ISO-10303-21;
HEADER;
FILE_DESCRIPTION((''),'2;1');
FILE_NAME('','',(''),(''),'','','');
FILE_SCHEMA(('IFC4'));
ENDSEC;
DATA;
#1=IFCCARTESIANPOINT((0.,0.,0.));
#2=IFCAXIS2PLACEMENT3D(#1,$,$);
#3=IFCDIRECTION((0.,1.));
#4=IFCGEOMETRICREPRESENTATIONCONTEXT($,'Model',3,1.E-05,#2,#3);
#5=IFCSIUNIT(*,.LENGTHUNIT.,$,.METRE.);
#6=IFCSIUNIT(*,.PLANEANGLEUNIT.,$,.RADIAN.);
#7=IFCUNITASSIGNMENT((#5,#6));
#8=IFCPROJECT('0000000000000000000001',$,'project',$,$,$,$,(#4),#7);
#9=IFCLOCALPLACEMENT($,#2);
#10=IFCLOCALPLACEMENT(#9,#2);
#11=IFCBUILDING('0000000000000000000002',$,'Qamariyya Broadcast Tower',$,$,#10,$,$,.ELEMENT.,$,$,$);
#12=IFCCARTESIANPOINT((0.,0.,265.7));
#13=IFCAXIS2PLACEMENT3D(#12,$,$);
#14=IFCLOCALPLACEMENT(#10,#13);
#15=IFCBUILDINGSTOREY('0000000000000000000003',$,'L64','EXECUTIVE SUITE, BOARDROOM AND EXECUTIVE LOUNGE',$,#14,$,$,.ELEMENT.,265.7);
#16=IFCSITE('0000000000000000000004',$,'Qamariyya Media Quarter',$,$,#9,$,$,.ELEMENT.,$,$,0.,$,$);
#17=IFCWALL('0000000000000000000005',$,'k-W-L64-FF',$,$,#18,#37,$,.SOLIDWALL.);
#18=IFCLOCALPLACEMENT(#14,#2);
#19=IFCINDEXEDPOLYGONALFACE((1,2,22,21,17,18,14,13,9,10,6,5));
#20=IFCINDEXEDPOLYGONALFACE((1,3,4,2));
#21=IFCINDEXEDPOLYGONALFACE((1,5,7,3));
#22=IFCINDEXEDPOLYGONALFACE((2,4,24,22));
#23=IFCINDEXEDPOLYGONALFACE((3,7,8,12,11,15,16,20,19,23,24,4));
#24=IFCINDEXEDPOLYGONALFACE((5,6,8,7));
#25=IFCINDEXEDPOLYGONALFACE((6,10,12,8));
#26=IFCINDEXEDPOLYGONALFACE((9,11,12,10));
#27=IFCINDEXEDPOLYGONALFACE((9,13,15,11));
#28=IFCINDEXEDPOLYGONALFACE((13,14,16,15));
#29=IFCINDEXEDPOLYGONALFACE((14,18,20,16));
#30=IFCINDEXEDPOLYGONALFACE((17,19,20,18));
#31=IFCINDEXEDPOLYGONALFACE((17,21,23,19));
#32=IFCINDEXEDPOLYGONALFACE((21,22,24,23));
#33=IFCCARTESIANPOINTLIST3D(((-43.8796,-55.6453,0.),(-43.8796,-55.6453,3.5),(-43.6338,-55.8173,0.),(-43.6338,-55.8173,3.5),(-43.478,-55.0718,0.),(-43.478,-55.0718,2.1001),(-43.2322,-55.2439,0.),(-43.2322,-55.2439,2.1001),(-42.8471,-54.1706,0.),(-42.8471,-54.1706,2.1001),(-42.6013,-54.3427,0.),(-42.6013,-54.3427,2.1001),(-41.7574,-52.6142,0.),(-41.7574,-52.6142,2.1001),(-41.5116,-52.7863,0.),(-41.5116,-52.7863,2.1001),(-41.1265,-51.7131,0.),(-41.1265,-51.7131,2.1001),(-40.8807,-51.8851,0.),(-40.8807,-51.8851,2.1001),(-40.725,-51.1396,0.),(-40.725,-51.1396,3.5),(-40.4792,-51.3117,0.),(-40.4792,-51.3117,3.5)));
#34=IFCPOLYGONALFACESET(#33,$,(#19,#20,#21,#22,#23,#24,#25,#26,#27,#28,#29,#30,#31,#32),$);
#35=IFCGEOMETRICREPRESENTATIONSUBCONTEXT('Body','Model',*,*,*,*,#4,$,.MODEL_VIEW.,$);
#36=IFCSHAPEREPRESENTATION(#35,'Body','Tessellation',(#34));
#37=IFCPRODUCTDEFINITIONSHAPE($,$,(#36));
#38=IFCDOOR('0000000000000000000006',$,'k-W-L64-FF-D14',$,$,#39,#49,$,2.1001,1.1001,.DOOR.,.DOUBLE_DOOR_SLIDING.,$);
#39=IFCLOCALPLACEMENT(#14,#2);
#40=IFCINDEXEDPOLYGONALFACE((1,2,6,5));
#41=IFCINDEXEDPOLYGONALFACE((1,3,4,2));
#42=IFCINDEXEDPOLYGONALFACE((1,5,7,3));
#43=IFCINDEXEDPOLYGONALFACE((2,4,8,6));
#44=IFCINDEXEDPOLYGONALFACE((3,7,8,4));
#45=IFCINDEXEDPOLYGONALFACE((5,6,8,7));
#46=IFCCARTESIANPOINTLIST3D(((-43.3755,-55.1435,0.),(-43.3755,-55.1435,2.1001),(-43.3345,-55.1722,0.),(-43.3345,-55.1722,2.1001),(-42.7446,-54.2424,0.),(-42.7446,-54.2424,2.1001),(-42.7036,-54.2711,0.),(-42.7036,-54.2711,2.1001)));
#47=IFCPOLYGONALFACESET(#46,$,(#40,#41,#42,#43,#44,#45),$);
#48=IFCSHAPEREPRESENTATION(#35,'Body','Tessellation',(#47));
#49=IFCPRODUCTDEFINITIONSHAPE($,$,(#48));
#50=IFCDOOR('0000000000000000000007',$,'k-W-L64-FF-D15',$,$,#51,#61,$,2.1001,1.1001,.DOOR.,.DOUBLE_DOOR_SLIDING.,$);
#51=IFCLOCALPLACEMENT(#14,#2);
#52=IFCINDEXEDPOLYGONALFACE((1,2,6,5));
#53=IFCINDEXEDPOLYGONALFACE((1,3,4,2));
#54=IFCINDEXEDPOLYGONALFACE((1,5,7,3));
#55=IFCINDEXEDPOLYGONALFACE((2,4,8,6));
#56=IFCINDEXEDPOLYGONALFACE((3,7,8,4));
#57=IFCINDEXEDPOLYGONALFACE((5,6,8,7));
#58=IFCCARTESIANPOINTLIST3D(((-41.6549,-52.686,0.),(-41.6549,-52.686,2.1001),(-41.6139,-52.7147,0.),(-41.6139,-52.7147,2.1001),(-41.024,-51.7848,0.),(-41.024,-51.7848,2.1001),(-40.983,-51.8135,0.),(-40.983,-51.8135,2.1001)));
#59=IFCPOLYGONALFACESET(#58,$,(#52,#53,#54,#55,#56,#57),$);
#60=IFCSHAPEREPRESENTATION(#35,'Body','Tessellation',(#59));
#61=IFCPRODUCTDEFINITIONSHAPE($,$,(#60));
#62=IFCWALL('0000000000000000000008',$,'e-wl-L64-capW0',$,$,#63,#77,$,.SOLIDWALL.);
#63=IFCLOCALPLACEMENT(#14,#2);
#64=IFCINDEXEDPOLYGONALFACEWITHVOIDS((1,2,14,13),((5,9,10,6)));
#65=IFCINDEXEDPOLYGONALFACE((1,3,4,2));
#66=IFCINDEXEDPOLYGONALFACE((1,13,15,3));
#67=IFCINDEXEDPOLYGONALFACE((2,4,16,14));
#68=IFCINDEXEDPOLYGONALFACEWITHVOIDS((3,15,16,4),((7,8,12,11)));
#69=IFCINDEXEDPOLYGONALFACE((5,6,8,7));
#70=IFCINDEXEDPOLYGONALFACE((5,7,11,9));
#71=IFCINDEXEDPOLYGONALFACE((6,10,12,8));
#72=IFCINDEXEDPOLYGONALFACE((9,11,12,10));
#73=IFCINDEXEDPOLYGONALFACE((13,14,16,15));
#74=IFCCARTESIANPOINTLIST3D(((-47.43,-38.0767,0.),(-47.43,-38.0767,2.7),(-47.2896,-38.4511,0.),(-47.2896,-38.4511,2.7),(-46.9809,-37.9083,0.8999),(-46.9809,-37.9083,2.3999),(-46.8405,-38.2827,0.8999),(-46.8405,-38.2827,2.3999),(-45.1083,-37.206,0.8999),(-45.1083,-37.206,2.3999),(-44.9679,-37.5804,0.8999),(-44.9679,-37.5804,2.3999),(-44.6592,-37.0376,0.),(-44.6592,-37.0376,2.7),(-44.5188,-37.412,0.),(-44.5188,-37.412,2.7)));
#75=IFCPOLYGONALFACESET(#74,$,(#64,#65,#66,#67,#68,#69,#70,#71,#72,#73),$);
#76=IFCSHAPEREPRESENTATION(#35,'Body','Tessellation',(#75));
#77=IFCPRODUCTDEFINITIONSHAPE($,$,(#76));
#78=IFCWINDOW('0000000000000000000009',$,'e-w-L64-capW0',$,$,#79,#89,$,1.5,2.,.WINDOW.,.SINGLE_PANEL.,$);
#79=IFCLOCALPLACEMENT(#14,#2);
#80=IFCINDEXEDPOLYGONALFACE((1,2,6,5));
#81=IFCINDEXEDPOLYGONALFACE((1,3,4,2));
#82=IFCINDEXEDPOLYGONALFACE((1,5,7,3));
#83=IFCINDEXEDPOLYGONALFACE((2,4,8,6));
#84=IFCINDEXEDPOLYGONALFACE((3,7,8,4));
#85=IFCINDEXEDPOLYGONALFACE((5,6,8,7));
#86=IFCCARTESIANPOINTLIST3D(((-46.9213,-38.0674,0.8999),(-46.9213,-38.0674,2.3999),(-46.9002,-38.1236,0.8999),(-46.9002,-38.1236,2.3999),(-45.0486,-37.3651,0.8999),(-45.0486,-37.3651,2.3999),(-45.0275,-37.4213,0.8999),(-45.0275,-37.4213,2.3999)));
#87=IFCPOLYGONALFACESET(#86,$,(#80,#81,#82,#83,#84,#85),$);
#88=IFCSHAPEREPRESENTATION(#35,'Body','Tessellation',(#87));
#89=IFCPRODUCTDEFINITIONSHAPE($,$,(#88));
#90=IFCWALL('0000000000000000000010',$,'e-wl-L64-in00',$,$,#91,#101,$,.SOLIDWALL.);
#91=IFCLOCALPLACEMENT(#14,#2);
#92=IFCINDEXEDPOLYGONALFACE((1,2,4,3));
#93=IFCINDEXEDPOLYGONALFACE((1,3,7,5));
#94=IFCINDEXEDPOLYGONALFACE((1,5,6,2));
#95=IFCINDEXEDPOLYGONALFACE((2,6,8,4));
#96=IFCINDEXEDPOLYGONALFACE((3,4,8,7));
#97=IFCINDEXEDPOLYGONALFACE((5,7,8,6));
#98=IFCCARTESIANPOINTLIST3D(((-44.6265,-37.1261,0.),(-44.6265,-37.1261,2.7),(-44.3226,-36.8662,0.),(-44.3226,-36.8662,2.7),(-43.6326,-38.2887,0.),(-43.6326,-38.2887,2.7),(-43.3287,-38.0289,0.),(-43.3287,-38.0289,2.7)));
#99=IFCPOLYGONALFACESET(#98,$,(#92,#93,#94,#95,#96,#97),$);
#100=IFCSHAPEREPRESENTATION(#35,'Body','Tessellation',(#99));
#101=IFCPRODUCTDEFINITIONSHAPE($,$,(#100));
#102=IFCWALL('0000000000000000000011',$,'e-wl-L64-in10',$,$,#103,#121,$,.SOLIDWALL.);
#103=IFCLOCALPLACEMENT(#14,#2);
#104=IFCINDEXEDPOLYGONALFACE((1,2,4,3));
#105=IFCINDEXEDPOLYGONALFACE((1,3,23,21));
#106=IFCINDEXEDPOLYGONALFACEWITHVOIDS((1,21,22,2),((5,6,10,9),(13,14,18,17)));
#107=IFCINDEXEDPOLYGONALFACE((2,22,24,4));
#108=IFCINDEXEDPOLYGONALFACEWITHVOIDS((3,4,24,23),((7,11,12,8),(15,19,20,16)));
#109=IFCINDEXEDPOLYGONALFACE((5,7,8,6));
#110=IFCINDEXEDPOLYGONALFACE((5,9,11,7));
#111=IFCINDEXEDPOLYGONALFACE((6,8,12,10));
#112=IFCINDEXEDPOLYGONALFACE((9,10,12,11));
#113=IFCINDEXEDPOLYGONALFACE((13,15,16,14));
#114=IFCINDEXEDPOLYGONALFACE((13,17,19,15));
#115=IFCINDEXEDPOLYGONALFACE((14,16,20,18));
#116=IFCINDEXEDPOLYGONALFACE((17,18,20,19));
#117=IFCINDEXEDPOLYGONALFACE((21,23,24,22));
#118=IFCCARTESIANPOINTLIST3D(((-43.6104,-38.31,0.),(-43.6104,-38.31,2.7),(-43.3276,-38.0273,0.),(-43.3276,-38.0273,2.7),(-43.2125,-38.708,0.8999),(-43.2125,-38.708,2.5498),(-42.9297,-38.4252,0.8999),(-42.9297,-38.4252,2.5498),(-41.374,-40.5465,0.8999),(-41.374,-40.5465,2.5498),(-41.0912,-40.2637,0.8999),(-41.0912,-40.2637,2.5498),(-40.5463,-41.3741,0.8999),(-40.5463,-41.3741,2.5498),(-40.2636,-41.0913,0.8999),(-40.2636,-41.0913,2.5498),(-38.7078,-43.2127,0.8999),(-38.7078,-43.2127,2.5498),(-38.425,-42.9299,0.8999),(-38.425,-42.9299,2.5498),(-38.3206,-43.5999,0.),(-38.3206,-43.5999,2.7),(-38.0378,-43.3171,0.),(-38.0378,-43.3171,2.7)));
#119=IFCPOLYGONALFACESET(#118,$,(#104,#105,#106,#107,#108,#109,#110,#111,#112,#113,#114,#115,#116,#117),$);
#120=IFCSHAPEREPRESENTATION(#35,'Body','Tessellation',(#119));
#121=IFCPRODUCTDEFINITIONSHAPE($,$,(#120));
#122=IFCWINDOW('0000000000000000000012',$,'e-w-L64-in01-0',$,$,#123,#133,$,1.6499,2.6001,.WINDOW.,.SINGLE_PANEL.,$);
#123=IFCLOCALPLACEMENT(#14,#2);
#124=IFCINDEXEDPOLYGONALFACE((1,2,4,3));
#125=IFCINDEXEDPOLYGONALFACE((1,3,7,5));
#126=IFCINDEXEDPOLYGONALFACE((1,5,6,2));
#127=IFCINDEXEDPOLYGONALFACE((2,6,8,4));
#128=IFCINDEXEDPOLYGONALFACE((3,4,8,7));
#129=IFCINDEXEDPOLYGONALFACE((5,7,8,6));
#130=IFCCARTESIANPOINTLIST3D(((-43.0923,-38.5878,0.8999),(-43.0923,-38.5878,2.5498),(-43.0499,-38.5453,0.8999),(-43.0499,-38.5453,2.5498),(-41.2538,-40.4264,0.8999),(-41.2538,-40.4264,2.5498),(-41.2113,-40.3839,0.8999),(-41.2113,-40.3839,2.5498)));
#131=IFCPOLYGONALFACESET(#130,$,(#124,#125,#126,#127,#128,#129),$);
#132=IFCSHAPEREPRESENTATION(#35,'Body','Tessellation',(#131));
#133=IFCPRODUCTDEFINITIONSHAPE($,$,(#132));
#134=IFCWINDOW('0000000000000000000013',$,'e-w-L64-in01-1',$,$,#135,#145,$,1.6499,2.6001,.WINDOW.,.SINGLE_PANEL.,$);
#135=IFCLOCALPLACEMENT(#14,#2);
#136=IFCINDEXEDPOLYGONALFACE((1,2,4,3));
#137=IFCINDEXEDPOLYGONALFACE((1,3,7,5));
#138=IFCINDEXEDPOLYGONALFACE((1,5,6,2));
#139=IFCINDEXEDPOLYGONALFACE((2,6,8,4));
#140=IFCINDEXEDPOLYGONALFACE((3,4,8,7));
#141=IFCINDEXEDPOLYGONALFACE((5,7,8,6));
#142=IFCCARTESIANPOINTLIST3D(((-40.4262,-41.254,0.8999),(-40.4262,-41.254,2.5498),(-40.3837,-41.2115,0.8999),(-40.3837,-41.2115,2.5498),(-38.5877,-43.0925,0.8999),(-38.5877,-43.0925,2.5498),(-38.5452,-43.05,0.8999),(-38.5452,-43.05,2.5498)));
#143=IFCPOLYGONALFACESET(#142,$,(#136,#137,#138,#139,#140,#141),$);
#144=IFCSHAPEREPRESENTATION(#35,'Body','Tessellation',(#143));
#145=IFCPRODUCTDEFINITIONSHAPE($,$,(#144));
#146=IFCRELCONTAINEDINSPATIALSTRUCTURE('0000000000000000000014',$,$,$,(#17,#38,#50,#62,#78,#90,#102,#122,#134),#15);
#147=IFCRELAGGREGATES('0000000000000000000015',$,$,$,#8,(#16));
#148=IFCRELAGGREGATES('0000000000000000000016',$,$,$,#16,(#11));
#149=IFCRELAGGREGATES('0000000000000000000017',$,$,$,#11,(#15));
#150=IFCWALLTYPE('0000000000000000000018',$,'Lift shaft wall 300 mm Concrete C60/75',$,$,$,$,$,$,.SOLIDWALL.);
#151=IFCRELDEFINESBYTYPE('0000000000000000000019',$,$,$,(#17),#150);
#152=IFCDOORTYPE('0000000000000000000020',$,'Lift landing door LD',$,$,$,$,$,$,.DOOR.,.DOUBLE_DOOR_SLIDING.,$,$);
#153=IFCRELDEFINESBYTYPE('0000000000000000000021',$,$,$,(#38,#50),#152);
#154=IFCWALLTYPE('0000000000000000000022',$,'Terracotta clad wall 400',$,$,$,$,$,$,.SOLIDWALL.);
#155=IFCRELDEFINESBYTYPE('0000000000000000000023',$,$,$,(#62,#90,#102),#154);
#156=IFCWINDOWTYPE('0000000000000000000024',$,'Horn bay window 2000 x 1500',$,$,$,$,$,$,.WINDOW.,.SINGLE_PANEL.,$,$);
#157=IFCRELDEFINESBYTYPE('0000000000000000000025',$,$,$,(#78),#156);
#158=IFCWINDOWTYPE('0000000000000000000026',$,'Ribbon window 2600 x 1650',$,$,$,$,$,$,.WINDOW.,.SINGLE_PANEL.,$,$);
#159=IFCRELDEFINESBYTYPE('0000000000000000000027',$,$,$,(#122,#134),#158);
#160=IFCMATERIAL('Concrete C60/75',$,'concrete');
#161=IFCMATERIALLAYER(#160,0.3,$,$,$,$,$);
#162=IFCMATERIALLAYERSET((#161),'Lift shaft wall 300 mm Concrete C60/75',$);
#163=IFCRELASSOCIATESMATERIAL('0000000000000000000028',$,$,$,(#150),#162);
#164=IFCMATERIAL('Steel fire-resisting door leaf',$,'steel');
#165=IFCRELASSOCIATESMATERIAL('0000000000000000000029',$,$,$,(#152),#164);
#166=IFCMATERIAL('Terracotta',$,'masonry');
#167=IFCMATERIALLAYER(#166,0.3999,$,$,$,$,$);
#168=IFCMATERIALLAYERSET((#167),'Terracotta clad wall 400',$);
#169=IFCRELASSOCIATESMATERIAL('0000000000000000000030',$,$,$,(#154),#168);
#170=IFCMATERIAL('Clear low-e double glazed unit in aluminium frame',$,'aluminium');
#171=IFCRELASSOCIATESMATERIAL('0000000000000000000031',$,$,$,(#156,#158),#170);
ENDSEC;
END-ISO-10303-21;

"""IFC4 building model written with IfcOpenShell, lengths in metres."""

from ifc_helpers import new_model, si_unit, direction, frame, frame_2d, origin, place, context, subcontext, project, spatial, rectangle, extrude, material, layer, layer_set, type_object, element, fill, save


model = new_model("IFC4")

# Units and contexts
model_context = context("Model", 3, precision=1e-05, world=origin(), true_north=direction((0.0, 1.0)))
body_context = subcontext(model_context, "Body", "Model", "MODEL_VIEW")
ifc_project = project(units=[si_unit("LENGTHUNIT", "METRE"), si_unit("PLANEANGLEUNIT", "RADIAN")], contexts=[model_context])

# Site, building, storey
site_placement = place(None, origin())
site = spatial("IfcSite", under=ifc_project, at=site_placement, Name="Qamariyya Media Quarter", CompositionType="ELEMENT", RefElevation=0.0)
building_placement = place(site_placement, origin())
building = spatial("IfcBuilding", under=site, at=building_placement, Name="Qamariyya Broadcast Tower", CompositionType="ELEMENT")
storey_placement = place(building_placement, frame((0.0, 0.0, 265.7)))
storey = spatial("IfcBuildingStorey", under=building, at=storey_placement, Name="L64", Description="EXECUTIVE SUITE, BOARDROOM AND EXECUTIVE LOUNGE", CompositionType="ELEMENT", Elevation=265.7)

# Shared definitions
ifc_material_1 = material(Name="Concrete C60/75", Category="concrete")

# Shared definitions
ifc_layer_1 = layer(ifc_material_1, 0.3)
ifc_layer_set_1 = layer_set([ifc_layer_1], Name="Lift shaft wall 300 mm Concrete C60/75")
wall_type_1 = type_object("IfcWallType", Name="Lift shaft wall 300 mm Concrete C60/75", PredefinedType="SOLIDWALL", material=ifc_layer_set_1)
ifc_material_2 = material(Name="Steel fire-resisting door leaf", Category="steel")

# Wall, openings, doors
wall_1_placement = place(storey_placement, frame((-43.7566, -55.7312, 0.0), z_axis=(0.0, 0.0, 1.0), x_axis=(0.573537, 0.81918, 0.0)))
wall_1 = element("IfcWall", 1, at=wall_1_placement, inside=storey, type_object=wall_type_1, Name="k-W-L64-FF", PredefinedType="SOLIDWALL", context=body_context, shape_type="SweptSolid", body=[
    extrude(rectangle(XDim=5.5002, YDim=0.3, at=frame_2d((2.75, 0.0))), origin(), (0.0, 0.0, 1.0), 3.5),
])
opening_1_placement = place(wall_1_placement, frame((0.7, 0.0, 0.0)))
opening_1 = element("IfcOpeningElement", 2, at=opening_1_placement, cuts=wall_1, PredefinedType="OPENING", context=body_context, shape_type="SweptSolid", body=[
    extrude(rectangle(XDim=1.1001, YDim=2.1001, at=frame_2d((0.55, 1.05))), frame((0.0, 0.1599, 0.0), z_axis=(0.0, -1.0, 0.0), x_axis=(1.0, 0.0, 0.0)), (0.0, 0.0, 1.0), 0.3201),
])
opening_2_placement = place(wall_1_placement, frame((3.7, 0.0, 0.0)))
opening_2 = element("IfcOpeningElement", 3, at=opening_2_placement, cuts=wall_1, PredefinedType="OPENING", context=body_context, shape_type="SweptSolid", body=[
    extrude(rectangle(XDim=1.1001, YDim=2.1001, at=frame_2d((0.55, 1.05))), frame((0.0, 0.1599, 0.0), z_axis=(0.0, -1.0, 0.0), x_axis=(1.0, 0.0, 0.0)), (0.0, 0.0, 1.0), 0.3201),
])
door_type_1 = type_object("IfcDoorType", Name="Lift landing door LD", OperationType="DOUBLE_DOOR_SLIDING", PredefinedType="DOOR", material=ifc_material_2)
door_1_placement = place(opening_1_placement, origin())
door_1 = element("IfcDoor", 4, at=door_1_placement, inside=storey, type_object=door_type_1, Name="k-W-L64-FF-D14", OperationType="DOUBLE_DOOR_SLIDING", OverallHeight=2.1001, OverallWidth=1.1001, PredefinedType="DOOR", context=body_context, shape_type="SweptSolid", body=[
    extrude(rectangle(XDim=1.1001, YDim=2.1001, at=frame_2d((0.55, 1.05))), frame((0.0, 0.0249, 0.0), z_axis=(0.0, -1.0, 0.0), x_axis=(1.0, 0.0, 0.0)), (0.0, 0.0, 1.0), 0.05),
])
fill(opening_1, door_1)
door_2_placement = place(opening_2_placement, origin())
door_2 = element("IfcDoor", 5, at=door_2_placement, inside=storey, type_object=door_type_1, Name="k-W-L64-FF-D15", OperationType="DOUBLE_DOOR_SLIDING", OverallHeight=2.1001, OverallWidth=1.1001, PredefinedType="DOOR", context=body_context, shape_type="SweptSolid", body=[
    extrude(rectangle(XDim=1.1001, YDim=2.1001, at=frame_2d((0.55, 1.05))), frame((0.0, 0.0249, 0.0), z_axis=(0.0, -1.0, 0.0), x_axis=(1.0, 0.0, 0.0)), (0.0, 0.0, 1.0), 0.05),
])
fill(opening_2, door_2)

# Wall, opening, window
ifc_material_3 = material(Name="Terracotta", Category="masonry")
ifc_layer_2 = layer(ifc_material_3, 0.3999)
ifc_layer_set_2 = layer_set([ifc_layer_2], Name="Terracotta clad wall 400")
wall_type_2 = type_object("IfcWallType", Name="Terracotta clad wall 400", PredefinedType="SOLIDWALL", material=ifc_layer_set_2)
wall_2_placement = place(storey_placement, frame((-44.5891, -37.2249, 0.0), z_axis=(0.0, 0.0, 1.0), x_axis=(-0.936326, -0.351132, 0.0)))
wall_2 = element("IfcWall", 6, at=wall_2_placement, inside=storey, type_object=wall_type_2, Name="e-wl-L64-capW0", PredefinedType="SOLIDWALL", context=body_context, shape_type="SweptSolid", body=[
    extrude(rectangle(XDim=2.9592, YDim=0.3999, at=frame_2d((1.4795, 0.0))), origin(), (0.0, 0.0, 1.0), 2.7),
])
opening_3_placement = place(wall_2_placement, frame((0.4795, 0.0, 0.8999)))
opening_3 = element("IfcOpeningElement", 7, at=opening_3_placement, cuts=wall_2, PredefinedType="OPENING", context=body_context, shape_type="SweptSolid", body=[
    extrude(rectangle(XDim=2.0, YDim=1.5, at=frame_2d((1.0, 0.75))), frame((0.0, 0.21, 0.0), z_axis=(0.0, -1.0, 0.0), x_axis=(1.0, 0.0, 0.0)), (0.0, 0.0, 1.0), 0.4199),
])
ifc_material_4 = material(Name="Clear low-e double glazed unit in aluminium frame", Category="aluminium")
window_type_1 = type_object("IfcWindowType", Name="Horn bay window 2000 x 1500", PartitioningType="SINGLE_PANEL", PredefinedType="WINDOW", material=ifc_material_4)
window_1_placement = place(opening_3_placement, origin())
window_1 = element("IfcWindow", 8, at=window_1_placement, inside=storey, type_object=window_type_1, Name="e-w-L64-capW0", OverallHeight=1.5, OverallWidth=2.0, PartitioningType="SINGLE_PANEL", PredefinedType="WINDOW", context=body_context, shape_type="SweptSolid", body=[
    extrude(rectangle(XDim=2.0, YDim=1.5, at=frame_2d((1.0, 0.75))), frame((0.0, 0.03, 0.0), z_axis=(0.0, -1.0, 0.0), x_axis=(1.0, 0.0, 0.0)), (0.0, 0.0, 1.0), 0.0601),
])
fill(opening_3, window_1)

# Wall
wall_3_placement = place(storey_placement, frame((-43.4807, -38.1587, 0.0), z_axis=(0.0, 0.0, 1.0), x_axis=(-0.649805, 0.760101, 0.0)))
element("IfcWall", 9, at=wall_3_placement, inside=storey, type_object=wall_type_2, Name="e-wl-L64-in00", PredefinedType="SOLIDWALL", context=body_context, shape_type="SweptSolid", body=[
    extrude(rectangle(XDim=1.5295, YDim=0.3999, at=frame_2d((0.7646, 0.0))), origin(), (0.0, 0.0, 1.0), 2.7),
])

# Wall, openings, windows
wall_4_placement = place(storey_placement, frame((-38.1792, -43.4585, 0.0), z_axis=(0.0, 0.0, 1.0), x_axis=(-0.707107, 0.707107, 0.0)))
wall_4 = element("IfcWall", 10, at=wall_4_placement, inside=storey, type_object=wall_type_2, Name="e-wl-L64-in10", PredefinedType="SOLIDWALL", context=body_context, shape_type="SweptSolid", body=[
    extrude(rectangle(XDim=7.481, YDim=0.3999, at=frame_2d((3.7405, 0.0))), origin(), (0.0, 0.0, 1.0), 2.7),
])
opening_4_placement = place(wall_4_placement, frame((4.3181, 0.0, 0.8999)))
opening_4 = element("IfcOpeningElement", 11, at=opening_4_placement, cuts=wall_4, PredefinedType="OPENING", context=body_context, shape_type="SweptSolid", body=[
    extrude(rectangle(XDim=2.6001, YDim=1.6499, at=frame_2d((1.3, 0.825))), frame((0.0, 0.21, 0.0), z_axis=(0.0, -1.0, 0.0), x_axis=(1.0, 0.0, 0.0)), (0.0, 0.0, 1.0), 0.4199),
])
opening_5_placement = place(wall_4_placement, frame((0.5476, 0.0, 0.8999)))
opening_5 = element("IfcOpeningElement", 12, at=opening_5_placement, cuts=wall_4, PredefinedType="OPENING", context=body_context, shape_type="SweptSolid", body=[
    extrude(rectangle(XDim=2.6001, YDim=1.6499, at=frame_2d((1.3, 0.825))), frame((0.0, 0.21, 0.0), z_axis=(0.0, -1.0, 0.0), x_axis=(1.0, 0.0, 0.0)), (0.0, 0.0, 1.0), 0.4199),
])
window_type_2 = type_object("IfcWindowType", Name="Ribbon window 2600 x 1650", PartitioningType="SINGLE_PANEL", PredefinedType="WINDOW", material=ifc_material_4)
window_2_placement = place(opening_4_placement, origin())
window_2 = element("IfcWindow", 13, at=window_2_placement, inside=storey, type_object=window_type_2, Name="e-w-L64-in01-0", OverallHeight=1.6499, OverallWidth=2.6001, PartitioningType="SINGLE_PANEL", PredefinedType="WINDOW", context=body_context, shape_type="SweptSolid", body=[
    extrude(rectangle(XDim=2.6001, YDim=1.6499, at=frame_2d((1.3, 0.825))), frame((0.0, 0.03, 0.0), z_axis=(0.0, -1.0, 0.0), x_axis=(1.0, 0.0, 0.0)), (0.0, 0.0, 1.0), 0.0601),
])
fill(opening_4, window_2)
window_3_placement = place(opening_5_placement, origin())
window_3 = element("IfcWindow", 14, at=window_3_placement, inside=storey, type_object=window_type_2, Name="e-w-L64-in01-1", OverallHeight=1.6499, OverallWidth=2.6001, PartitioningType="SINGLE_PANEL", PredefinedType="WINDOW", context=body_context, shape_type="SweptSolid", body=[
    extrude(rectangle(XDim=2.6001, YDim=1.6499, at=frame_2d((1.3, 0.825))), frame((0.0, 0.03, 0.0), z_axis=(0.0, -1.0, 0.0), x_axis=(1.0, 0.0, 0.0)), (0.0, 0.0, 1.0), 0.0601),
])
fill(opening_5, window_3)

save(model, "model.ifc")
